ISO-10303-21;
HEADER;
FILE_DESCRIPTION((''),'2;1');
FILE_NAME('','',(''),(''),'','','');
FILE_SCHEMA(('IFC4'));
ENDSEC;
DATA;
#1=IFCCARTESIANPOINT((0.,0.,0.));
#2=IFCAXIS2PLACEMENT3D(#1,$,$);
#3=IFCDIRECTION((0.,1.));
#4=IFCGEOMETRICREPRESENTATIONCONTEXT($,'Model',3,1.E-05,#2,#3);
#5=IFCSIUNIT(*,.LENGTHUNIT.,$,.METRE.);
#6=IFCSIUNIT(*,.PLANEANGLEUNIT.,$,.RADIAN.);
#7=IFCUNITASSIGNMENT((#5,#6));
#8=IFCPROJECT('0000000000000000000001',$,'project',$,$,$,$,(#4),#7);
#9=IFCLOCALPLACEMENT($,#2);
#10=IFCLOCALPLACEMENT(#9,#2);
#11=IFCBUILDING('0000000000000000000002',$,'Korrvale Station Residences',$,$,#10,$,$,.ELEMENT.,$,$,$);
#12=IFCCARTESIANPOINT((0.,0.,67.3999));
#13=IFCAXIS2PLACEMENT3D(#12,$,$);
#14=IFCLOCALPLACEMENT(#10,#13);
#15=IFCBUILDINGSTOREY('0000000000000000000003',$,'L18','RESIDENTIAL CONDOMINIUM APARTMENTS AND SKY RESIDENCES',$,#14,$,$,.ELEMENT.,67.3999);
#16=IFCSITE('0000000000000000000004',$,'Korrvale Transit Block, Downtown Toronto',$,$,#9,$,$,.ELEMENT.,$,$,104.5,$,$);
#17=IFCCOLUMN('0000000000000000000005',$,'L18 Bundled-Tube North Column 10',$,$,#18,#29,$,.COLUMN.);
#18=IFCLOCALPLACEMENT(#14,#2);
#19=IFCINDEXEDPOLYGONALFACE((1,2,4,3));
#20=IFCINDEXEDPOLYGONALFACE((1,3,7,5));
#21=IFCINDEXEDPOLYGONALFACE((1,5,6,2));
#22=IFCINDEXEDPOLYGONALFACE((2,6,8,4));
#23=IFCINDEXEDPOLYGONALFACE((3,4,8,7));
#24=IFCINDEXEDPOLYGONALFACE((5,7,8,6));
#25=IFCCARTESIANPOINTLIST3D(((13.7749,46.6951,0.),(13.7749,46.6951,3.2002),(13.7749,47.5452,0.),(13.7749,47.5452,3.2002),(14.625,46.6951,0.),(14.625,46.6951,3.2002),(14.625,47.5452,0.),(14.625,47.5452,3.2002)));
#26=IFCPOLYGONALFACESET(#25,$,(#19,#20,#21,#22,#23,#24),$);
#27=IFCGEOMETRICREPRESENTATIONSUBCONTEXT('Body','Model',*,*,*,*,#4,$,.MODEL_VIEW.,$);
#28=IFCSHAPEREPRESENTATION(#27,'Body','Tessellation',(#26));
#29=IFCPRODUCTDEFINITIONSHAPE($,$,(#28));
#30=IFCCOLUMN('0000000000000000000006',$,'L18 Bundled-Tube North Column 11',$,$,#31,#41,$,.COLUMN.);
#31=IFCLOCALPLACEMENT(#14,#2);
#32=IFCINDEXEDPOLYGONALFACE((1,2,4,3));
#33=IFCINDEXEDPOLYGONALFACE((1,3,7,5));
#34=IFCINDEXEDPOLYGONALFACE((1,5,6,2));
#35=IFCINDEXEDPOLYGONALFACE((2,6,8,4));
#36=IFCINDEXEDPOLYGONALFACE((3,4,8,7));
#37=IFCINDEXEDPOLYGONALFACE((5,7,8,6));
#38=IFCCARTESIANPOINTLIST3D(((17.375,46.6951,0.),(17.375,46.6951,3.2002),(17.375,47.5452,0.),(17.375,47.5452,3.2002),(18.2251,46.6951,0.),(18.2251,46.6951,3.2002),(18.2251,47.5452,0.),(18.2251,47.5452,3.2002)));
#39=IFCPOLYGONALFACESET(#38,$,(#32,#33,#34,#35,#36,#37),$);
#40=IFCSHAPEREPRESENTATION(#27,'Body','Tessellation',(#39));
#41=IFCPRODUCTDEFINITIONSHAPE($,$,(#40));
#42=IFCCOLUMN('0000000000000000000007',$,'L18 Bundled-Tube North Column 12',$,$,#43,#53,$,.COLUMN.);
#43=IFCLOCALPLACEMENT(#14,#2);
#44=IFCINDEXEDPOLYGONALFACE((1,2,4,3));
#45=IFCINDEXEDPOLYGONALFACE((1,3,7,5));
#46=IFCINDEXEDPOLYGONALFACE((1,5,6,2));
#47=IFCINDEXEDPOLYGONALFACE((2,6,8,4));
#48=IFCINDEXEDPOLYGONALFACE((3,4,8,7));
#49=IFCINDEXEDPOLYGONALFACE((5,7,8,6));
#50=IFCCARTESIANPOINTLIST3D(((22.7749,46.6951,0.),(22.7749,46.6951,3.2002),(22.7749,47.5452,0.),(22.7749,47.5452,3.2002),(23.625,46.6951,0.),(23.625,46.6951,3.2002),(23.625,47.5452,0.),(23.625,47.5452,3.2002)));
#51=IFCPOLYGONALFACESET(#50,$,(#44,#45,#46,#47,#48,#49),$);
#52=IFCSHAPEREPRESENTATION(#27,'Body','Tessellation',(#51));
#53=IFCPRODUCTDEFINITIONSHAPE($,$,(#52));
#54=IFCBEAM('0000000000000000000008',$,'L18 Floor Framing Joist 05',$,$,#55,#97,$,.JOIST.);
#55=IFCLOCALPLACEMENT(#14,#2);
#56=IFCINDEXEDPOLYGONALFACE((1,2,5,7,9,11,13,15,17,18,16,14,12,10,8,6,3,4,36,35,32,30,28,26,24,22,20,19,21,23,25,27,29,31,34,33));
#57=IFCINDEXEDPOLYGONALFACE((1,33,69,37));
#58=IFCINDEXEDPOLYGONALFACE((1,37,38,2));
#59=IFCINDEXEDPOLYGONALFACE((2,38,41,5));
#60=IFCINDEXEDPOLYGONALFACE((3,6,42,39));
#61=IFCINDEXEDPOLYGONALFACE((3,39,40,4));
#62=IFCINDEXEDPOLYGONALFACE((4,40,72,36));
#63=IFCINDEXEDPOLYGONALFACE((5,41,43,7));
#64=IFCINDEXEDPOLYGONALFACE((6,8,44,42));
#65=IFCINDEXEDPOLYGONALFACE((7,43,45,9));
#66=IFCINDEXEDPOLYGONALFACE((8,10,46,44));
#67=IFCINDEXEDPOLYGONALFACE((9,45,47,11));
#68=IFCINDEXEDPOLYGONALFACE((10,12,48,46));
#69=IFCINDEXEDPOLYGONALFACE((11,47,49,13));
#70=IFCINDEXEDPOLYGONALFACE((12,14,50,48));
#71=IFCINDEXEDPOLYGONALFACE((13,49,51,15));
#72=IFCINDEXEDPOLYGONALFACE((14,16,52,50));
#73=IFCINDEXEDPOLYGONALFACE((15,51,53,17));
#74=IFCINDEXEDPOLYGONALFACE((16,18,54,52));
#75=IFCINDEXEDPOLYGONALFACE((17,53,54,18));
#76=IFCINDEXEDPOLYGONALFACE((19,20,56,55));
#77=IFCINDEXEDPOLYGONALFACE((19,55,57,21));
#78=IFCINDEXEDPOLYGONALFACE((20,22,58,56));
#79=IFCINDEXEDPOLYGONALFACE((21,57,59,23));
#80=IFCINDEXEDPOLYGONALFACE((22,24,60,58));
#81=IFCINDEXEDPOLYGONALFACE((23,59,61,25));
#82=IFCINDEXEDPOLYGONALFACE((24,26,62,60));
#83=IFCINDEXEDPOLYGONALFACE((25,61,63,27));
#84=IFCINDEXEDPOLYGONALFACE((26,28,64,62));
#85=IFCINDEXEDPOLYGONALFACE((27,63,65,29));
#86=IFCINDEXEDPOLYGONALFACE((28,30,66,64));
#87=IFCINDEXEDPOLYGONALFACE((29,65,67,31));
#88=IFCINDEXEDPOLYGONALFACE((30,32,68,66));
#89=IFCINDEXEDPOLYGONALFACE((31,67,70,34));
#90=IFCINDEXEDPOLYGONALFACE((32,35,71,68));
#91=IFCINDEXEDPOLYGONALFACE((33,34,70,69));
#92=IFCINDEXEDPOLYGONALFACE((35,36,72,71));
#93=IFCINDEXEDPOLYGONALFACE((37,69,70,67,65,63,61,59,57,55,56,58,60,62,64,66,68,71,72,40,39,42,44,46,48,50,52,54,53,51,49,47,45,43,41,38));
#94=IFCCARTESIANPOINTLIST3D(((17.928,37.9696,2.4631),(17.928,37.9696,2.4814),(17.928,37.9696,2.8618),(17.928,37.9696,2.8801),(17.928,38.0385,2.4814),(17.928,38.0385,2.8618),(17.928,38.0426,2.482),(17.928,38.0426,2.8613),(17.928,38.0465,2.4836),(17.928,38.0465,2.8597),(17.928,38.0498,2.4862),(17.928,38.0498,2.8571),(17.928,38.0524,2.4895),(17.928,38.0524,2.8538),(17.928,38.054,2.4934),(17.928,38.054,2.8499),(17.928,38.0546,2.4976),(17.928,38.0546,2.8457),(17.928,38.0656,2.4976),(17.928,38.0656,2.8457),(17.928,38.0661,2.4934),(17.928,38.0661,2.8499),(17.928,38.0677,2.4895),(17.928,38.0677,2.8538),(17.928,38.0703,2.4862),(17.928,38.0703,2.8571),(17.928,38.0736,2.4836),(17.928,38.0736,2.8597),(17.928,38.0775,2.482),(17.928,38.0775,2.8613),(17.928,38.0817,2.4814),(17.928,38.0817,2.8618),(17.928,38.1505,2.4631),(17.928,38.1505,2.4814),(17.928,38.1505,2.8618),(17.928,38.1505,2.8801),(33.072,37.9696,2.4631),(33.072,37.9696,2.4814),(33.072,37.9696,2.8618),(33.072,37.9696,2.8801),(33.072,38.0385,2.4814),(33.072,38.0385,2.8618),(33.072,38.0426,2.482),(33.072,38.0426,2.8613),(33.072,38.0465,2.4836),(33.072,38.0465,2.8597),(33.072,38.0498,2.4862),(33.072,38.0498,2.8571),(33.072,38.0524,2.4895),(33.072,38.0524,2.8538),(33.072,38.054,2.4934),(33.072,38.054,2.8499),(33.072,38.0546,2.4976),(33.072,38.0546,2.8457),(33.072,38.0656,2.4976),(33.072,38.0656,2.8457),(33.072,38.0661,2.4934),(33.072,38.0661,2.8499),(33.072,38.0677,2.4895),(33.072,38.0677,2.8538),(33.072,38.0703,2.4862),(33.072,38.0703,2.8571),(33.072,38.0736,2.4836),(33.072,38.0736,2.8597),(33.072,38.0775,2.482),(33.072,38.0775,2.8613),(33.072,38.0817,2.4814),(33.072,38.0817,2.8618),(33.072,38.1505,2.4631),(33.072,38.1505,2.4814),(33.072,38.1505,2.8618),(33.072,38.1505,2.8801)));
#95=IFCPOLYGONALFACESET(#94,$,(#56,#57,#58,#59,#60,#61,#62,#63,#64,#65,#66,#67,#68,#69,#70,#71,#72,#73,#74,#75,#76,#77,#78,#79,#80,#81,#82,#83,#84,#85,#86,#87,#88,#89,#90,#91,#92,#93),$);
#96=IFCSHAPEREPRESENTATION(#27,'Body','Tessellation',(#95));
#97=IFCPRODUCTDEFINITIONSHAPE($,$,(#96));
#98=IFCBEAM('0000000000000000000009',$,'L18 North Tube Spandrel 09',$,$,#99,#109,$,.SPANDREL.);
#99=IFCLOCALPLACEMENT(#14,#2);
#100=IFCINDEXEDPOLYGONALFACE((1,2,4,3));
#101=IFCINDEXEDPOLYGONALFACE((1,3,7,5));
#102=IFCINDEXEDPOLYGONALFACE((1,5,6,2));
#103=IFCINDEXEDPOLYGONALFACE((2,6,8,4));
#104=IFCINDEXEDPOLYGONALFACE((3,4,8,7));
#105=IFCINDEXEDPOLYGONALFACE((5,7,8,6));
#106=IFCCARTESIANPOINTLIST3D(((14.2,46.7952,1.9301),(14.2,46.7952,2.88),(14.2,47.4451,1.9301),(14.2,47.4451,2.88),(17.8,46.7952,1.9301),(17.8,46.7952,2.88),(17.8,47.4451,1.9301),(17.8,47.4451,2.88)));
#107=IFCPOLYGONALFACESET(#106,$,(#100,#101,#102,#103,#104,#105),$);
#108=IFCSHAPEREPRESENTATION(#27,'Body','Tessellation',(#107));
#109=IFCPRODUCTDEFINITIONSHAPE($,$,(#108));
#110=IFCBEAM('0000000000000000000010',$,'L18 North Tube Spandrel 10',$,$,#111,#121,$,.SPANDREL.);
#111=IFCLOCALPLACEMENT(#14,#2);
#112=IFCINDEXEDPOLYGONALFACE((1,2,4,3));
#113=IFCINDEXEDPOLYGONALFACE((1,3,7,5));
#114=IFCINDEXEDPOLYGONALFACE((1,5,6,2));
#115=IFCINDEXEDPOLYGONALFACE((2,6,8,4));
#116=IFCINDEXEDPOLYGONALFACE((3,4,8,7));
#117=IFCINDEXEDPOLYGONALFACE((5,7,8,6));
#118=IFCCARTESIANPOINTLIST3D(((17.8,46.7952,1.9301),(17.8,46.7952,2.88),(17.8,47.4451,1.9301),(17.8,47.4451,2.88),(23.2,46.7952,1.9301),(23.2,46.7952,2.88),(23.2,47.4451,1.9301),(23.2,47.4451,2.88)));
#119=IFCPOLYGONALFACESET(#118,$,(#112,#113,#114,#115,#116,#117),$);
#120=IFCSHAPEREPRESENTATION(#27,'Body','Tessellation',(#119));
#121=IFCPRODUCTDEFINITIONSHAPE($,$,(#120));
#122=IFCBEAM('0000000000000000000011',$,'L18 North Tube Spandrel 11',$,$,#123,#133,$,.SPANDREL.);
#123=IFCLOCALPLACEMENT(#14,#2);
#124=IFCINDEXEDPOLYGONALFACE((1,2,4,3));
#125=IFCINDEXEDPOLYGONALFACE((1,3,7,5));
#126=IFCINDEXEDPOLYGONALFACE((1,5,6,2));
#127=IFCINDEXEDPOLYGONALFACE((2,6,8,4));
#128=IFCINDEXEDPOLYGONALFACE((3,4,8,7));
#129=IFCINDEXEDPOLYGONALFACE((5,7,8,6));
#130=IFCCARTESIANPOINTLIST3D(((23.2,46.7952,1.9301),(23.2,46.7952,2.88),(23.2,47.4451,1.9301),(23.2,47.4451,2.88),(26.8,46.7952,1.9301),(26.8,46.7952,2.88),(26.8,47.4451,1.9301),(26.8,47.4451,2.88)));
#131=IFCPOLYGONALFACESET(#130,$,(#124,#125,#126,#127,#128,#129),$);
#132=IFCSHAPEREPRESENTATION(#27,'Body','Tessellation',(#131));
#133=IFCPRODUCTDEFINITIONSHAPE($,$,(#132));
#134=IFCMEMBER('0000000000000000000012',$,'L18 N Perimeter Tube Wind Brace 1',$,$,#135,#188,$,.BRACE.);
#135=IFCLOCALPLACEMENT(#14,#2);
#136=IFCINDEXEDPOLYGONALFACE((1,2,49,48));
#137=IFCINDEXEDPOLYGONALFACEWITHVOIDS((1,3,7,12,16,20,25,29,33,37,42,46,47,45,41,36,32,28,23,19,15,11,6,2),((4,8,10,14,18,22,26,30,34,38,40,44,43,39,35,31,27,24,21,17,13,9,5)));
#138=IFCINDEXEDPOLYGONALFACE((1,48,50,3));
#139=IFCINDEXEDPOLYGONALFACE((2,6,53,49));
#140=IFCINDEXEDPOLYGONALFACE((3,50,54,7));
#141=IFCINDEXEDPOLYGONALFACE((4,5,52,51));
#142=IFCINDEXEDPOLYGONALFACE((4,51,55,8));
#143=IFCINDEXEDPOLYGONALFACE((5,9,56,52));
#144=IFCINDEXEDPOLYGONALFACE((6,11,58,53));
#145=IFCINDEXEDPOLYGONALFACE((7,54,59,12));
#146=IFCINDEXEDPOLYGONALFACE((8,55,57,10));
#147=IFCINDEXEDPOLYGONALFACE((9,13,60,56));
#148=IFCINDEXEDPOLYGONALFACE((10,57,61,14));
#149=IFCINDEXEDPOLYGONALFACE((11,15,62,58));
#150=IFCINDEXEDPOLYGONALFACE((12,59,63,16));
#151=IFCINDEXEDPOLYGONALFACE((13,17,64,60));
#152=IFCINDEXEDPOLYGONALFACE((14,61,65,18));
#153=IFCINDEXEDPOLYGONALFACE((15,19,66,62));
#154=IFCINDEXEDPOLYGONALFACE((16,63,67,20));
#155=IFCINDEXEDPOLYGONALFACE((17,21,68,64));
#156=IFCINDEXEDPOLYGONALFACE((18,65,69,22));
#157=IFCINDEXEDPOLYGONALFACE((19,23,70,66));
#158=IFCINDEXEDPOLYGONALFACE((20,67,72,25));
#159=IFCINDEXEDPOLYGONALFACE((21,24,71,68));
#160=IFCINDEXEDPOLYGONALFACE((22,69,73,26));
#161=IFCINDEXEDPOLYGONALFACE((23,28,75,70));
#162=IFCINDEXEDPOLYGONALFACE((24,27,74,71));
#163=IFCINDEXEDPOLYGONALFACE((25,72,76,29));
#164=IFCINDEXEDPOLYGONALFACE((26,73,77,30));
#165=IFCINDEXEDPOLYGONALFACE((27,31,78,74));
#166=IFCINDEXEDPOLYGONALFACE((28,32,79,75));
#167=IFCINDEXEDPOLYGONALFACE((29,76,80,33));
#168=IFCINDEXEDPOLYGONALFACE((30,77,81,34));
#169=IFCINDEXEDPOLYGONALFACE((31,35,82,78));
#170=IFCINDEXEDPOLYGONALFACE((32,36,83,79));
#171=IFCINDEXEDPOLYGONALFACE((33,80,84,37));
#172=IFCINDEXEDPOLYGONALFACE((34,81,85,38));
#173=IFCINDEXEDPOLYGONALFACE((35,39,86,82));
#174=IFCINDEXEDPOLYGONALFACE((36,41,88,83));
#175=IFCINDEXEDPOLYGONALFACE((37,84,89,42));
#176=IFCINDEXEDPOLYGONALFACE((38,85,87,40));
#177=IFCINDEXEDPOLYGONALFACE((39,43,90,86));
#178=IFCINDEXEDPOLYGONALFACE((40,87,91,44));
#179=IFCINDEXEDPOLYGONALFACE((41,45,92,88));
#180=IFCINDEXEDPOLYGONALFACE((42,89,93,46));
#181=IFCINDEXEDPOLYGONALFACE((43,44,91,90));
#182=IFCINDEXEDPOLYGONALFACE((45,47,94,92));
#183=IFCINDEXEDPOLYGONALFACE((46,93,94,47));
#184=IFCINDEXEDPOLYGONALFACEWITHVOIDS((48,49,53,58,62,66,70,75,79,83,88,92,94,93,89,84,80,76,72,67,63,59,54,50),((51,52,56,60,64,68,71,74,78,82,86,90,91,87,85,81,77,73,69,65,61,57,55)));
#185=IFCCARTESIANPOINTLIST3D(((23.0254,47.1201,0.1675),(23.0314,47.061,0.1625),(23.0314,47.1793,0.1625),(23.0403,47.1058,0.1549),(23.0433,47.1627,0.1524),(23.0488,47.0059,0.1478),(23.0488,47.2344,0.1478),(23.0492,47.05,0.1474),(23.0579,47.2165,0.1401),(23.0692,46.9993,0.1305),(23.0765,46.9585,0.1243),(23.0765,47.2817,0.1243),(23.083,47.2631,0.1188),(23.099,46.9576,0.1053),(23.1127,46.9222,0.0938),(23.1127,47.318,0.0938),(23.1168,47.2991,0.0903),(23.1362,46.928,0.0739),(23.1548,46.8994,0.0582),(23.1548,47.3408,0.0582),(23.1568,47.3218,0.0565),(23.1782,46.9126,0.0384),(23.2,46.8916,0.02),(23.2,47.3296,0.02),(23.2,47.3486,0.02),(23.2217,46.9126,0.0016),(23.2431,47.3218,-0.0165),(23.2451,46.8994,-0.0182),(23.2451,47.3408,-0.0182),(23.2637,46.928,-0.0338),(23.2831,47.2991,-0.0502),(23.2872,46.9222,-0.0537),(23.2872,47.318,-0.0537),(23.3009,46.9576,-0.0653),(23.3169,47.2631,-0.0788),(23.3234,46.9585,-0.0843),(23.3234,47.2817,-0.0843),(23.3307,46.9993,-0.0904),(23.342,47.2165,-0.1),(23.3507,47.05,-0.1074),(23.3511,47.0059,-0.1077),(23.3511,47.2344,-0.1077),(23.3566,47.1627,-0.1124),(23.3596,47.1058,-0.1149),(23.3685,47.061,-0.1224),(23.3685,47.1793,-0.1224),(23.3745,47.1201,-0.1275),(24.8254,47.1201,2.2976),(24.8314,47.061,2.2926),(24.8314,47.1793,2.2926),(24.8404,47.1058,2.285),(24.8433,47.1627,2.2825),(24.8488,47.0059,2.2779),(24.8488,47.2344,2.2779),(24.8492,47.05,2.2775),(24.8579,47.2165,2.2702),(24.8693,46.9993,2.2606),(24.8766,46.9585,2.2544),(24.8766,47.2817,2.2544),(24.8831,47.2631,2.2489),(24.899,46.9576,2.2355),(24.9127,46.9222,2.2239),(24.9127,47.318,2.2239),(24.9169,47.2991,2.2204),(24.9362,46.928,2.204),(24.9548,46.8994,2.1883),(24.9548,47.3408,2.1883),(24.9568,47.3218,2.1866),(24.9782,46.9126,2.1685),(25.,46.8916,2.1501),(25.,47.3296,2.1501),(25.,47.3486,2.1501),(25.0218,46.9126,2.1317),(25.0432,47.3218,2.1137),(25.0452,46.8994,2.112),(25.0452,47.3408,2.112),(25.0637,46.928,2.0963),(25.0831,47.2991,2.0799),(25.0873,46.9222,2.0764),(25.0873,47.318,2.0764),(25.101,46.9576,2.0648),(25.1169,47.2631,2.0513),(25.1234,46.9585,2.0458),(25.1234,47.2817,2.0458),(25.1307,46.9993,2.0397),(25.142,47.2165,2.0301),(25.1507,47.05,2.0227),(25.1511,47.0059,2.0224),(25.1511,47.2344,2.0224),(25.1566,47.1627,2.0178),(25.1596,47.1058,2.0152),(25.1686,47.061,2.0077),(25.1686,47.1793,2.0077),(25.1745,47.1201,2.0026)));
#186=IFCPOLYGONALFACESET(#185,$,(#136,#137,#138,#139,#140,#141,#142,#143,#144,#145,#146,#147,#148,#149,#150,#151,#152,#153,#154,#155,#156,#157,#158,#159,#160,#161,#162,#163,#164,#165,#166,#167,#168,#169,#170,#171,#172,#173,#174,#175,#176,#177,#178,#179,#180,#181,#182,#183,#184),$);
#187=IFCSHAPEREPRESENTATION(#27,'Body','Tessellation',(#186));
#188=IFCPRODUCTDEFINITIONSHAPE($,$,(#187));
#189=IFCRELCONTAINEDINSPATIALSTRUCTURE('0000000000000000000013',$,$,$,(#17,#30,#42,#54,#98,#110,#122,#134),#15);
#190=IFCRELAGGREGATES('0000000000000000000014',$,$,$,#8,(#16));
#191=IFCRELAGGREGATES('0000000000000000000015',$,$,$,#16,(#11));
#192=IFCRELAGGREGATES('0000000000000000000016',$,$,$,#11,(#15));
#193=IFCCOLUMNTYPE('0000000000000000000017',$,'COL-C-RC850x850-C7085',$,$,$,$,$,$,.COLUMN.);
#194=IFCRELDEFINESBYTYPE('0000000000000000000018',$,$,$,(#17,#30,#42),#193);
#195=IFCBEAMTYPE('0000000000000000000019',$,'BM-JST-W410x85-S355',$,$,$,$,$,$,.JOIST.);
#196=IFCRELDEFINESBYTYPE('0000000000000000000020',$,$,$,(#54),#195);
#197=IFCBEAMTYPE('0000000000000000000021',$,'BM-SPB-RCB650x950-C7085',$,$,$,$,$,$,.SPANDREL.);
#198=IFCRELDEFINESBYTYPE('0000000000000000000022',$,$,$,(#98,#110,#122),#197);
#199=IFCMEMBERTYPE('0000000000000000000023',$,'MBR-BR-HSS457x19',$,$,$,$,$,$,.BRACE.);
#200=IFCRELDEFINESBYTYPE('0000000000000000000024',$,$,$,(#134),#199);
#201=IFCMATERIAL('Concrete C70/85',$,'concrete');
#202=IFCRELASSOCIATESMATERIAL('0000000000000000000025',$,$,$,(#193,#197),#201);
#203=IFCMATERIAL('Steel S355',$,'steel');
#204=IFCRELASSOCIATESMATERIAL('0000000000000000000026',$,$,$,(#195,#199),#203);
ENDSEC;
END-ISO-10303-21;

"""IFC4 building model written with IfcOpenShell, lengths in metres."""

from ifc_helpers import new_model, si_unit, direction, frame, origin, origin_2d, place, context, subcontext, project, spatial, rectangle, hollow_circle, i_section, extrude, material, material_profile, profile_set, type_object, element, save


model = new_model("IFC4")

# Units and contexts
model_context = context("Model", 3, precision=1e-05, world=origin(), true_north=direction((0.0, 1.0)))
body_context = subcontext(model_context, "Body", "Model", "MODEL_VIEW")
ifc_project = project(units=[si_unit("LENGTHUNIT", "METRE"), si_unit("PLANEANGLEUNIT", "RADIAN")], contexts=[model_context])

# Site, building, storey
site_placement = place(None, origin())
site = spatial("IfcSite", under=ifc_project, at=site_placement, Name="Korrvale Transit Block, Downtown Toronto", CompositionType="ELEMENT", RefElevation=104.5)
building_placement = place(site_placement, origin())
building = spatial("IfcBuilding", under=site, at=building_placement, Name="Korrvale Station Residences", CompositionType="ELEMENT")
storey_placement = place(building_placement, frame((0.0, 0.0, 67.3999)))
storey = spatial("IfcBuildingStorey", under=building, at=storey_placement, Name="L18", Description="RESIDENTIAL CONDOMINIUM APARTMENTS AND SKY RESIDENCES", CompositionType="ELEMENT", Elevation=67.3999)

# Columns
ifc_material_1 = material(Name="Concrete C70/85", Category="concrete")
ifc_material_profile_1 = material_profile(ifc_material_1, rectangle(XDim=0.8501, YDim=0.8501, at=origin_2d()), Name="RC850x850")
ifc_profile_set_1 = profile_set([ifc_material_profile_1], Name="Concrete C70/85")
column_type = type_object("IfcColumnType", Name="COL-C-RC850x850-C7085", PredefinedType="COLUMN", material=ifc_profile_set_1)
for number, where, z_axis, x_axis, name in (
    (1, (14.2, 47.1201, 0.0), (0.0, 0.0, 1.0), (1.0, 0.0, 0.0), "L18 Bundled-Tube North Column 10"),
    (2, (17.8, 47.1201, 0.0), (0.0, 0.0, 1.0), (1.0, 0.0, 0.0), "L18 Bundled-Tube North Column 11"),
    (3, (23.2, 47.1201, 0.0), (0.0, 0.0, 1.0), (1.0, 0.0, 0.0), "L18 Bundled-Tube North Column 12"),
):
    element("IfcColumn", number, at=place(storey_placement, frame(where, z_axis=z_axis, x_axis=x_axis)), inside=storey, type_object=column_type, Name=name, PredefinedType="COLUMN", context=body_context, shape_type="SweptSolid", body=[
        extrude(rectangle(XDim=0.8501, YDim=0.8501, at=origin_2d()), origin(), (0.0, 0.0, 1.0), 3.2002),
    ])

# Beams
ifc_material_2 = material(Name="Steel S355", Category="steel")
ifc_material_profile_2 = material_profile(ifc_material_2, i_section(OverallWidth=0.1809, OverallDepth=0.417, WebThickness=0.011, FlangeThickness=0.0183, FilletRadius=0.0161, at=origin_2d()), Name="W410x85")
ifc_profile_set_2 = profile_set([ifc_material_profile_2], Name="Steel S355")
beam_type_1 = type_object("IfcBeamType", Name="BM-JST-W410x85-S355", PredefinedType="JOIST", material=ifc_profile_set_2)
beam_1_placement = place(storey_placement, frame((17.928, 38.0601, 2.6716), z_axis=(1.0, 0.0, 0.0), x_axis=(0.0, 1.0, 0.0)))
element("IfcBeam", 4, at=beam_1_placement, inside=storey, type_object=beam_type_1, Name="L18 Floor Framing Joist 05", PredefinedType="JOIST", context=body_context, shape_type="SweptSolid", body=[
    extrude(i_section(OverallWidth=0.1809, OverallDepth=0.417, WebThickness=0.011, FlangeThickness=0.0183, FilletRadius=0.0161, at=origin_2d()), origin(), (0.0, 0.0, 1.0), 15.144),
])
ifc_material_profile_3 = material_profile(ifc_material_1, rectangle(XDim=0.6499, YDim=0.95, at=origin_2d()), Name="RCB650x950")
ifc_profile_set_3 = profile_set([ifc_material_profile_3], Name="Concrete C70/85")
beam_type_2 = type_object("IfcBeamType", Name="BM-SPB-RCB650x950-C7085", PredefinedType="SPANDREL", material=ifc_profile_set_3)
beam_2_placement = place(storey_placement, frame((14.2, 47.1201, 2.405), z_axis=(1.0, 0.0, 0.0), x_axis=(0.0, 1.0, 0.0)))
element("IfcBeam", 5, at=beam_2_placement, inside=storey, type_object=beam_type_2, Name="L18 North Tube Spandrel 09", PredefinedType="SPANDREL", context=body_context, shape_type="SweptSolid", body=[
    extrude(rectangle(XDim=0.6499, YDim=0.95, at=origin_2d()), origin(), (0.0, 0.0, 1.0), 3.6001),
])
beam_3_placement = place(storey_placement, frame((17.8, 47.1201, 2.405), z_axis=(1.0, 0.0, 0.0), x_axis=(0.0, 1.0, 0.0)))
element("IfcBeam", 6, at=beam_3_placement, inside=storey, type_object=beam_type_2, Name="L18 North Tube Spandrel 10", PredefinedType="SPANDREL", context=body_context, shape_type="SweptSolid", body=[
    extrude(rectangle(XDim=0.6499, YDim=0.95, at=origin_2d()), origin(), (0.0, 0.0, 1.0), 5.3999),
])
beam_4_placement = place(storey_placement, frame((23.2, 47.1201, 2.405), z_axis=(1.0, 0.0, 0.0), x_axis=(0.0, 1.0, 0.0)))
element("IfcBeam", 7, at=beam_4_placement, inside=storey, type_object=beam_type_2, Name="L18 North Tube Spandrel 11", PredefinedType="SPANDREL", context=body_context, shape_type="SweptSolid", body=[
    extrude(rectangle(XDim=0.6499, YDim=0.95, at=origin_2d()), origin(), (0.0, 0.0, 1.0), 3.6001),
])

# Member
ifc_material_profile_4 = material_profile(ifc_material_2, hollow_circle(Radius=0.2285, WallThickness=0.019, at=origin_2d()), Name="HSS457x19")
ifc_profile_set_4 = profile_set([ifc_material_profile_4], Name="Steel S355")
member_type = type_object("IfcMemberType", Name="MBR-BR-HSS457x19", PredefinedType="BRACE", material=ifc_profile_set_4)
member_placement = place(storey_placement, frame((23.2, 47.1201, 0.02), z_axis=(0.645448, 0.0, 0.763805), x_axis=(0.0, 1.0, 0.0)))
element("IfcMember", 8, at=member_placement, inside=storey, type_object=member_type, Name="L18 N Perimeter Tube Wind Brace 1", PredefinedType="BRACE", context=body_context, shape_type="SweptSolid", body=[
    extrude(hollow_circle(Radius=0.2285, WallThickness=0.019, at=origin_2d()), origin(), (0.0, 0.0, 1.0), 2.7888),
])

save(model, "model.ifc")
